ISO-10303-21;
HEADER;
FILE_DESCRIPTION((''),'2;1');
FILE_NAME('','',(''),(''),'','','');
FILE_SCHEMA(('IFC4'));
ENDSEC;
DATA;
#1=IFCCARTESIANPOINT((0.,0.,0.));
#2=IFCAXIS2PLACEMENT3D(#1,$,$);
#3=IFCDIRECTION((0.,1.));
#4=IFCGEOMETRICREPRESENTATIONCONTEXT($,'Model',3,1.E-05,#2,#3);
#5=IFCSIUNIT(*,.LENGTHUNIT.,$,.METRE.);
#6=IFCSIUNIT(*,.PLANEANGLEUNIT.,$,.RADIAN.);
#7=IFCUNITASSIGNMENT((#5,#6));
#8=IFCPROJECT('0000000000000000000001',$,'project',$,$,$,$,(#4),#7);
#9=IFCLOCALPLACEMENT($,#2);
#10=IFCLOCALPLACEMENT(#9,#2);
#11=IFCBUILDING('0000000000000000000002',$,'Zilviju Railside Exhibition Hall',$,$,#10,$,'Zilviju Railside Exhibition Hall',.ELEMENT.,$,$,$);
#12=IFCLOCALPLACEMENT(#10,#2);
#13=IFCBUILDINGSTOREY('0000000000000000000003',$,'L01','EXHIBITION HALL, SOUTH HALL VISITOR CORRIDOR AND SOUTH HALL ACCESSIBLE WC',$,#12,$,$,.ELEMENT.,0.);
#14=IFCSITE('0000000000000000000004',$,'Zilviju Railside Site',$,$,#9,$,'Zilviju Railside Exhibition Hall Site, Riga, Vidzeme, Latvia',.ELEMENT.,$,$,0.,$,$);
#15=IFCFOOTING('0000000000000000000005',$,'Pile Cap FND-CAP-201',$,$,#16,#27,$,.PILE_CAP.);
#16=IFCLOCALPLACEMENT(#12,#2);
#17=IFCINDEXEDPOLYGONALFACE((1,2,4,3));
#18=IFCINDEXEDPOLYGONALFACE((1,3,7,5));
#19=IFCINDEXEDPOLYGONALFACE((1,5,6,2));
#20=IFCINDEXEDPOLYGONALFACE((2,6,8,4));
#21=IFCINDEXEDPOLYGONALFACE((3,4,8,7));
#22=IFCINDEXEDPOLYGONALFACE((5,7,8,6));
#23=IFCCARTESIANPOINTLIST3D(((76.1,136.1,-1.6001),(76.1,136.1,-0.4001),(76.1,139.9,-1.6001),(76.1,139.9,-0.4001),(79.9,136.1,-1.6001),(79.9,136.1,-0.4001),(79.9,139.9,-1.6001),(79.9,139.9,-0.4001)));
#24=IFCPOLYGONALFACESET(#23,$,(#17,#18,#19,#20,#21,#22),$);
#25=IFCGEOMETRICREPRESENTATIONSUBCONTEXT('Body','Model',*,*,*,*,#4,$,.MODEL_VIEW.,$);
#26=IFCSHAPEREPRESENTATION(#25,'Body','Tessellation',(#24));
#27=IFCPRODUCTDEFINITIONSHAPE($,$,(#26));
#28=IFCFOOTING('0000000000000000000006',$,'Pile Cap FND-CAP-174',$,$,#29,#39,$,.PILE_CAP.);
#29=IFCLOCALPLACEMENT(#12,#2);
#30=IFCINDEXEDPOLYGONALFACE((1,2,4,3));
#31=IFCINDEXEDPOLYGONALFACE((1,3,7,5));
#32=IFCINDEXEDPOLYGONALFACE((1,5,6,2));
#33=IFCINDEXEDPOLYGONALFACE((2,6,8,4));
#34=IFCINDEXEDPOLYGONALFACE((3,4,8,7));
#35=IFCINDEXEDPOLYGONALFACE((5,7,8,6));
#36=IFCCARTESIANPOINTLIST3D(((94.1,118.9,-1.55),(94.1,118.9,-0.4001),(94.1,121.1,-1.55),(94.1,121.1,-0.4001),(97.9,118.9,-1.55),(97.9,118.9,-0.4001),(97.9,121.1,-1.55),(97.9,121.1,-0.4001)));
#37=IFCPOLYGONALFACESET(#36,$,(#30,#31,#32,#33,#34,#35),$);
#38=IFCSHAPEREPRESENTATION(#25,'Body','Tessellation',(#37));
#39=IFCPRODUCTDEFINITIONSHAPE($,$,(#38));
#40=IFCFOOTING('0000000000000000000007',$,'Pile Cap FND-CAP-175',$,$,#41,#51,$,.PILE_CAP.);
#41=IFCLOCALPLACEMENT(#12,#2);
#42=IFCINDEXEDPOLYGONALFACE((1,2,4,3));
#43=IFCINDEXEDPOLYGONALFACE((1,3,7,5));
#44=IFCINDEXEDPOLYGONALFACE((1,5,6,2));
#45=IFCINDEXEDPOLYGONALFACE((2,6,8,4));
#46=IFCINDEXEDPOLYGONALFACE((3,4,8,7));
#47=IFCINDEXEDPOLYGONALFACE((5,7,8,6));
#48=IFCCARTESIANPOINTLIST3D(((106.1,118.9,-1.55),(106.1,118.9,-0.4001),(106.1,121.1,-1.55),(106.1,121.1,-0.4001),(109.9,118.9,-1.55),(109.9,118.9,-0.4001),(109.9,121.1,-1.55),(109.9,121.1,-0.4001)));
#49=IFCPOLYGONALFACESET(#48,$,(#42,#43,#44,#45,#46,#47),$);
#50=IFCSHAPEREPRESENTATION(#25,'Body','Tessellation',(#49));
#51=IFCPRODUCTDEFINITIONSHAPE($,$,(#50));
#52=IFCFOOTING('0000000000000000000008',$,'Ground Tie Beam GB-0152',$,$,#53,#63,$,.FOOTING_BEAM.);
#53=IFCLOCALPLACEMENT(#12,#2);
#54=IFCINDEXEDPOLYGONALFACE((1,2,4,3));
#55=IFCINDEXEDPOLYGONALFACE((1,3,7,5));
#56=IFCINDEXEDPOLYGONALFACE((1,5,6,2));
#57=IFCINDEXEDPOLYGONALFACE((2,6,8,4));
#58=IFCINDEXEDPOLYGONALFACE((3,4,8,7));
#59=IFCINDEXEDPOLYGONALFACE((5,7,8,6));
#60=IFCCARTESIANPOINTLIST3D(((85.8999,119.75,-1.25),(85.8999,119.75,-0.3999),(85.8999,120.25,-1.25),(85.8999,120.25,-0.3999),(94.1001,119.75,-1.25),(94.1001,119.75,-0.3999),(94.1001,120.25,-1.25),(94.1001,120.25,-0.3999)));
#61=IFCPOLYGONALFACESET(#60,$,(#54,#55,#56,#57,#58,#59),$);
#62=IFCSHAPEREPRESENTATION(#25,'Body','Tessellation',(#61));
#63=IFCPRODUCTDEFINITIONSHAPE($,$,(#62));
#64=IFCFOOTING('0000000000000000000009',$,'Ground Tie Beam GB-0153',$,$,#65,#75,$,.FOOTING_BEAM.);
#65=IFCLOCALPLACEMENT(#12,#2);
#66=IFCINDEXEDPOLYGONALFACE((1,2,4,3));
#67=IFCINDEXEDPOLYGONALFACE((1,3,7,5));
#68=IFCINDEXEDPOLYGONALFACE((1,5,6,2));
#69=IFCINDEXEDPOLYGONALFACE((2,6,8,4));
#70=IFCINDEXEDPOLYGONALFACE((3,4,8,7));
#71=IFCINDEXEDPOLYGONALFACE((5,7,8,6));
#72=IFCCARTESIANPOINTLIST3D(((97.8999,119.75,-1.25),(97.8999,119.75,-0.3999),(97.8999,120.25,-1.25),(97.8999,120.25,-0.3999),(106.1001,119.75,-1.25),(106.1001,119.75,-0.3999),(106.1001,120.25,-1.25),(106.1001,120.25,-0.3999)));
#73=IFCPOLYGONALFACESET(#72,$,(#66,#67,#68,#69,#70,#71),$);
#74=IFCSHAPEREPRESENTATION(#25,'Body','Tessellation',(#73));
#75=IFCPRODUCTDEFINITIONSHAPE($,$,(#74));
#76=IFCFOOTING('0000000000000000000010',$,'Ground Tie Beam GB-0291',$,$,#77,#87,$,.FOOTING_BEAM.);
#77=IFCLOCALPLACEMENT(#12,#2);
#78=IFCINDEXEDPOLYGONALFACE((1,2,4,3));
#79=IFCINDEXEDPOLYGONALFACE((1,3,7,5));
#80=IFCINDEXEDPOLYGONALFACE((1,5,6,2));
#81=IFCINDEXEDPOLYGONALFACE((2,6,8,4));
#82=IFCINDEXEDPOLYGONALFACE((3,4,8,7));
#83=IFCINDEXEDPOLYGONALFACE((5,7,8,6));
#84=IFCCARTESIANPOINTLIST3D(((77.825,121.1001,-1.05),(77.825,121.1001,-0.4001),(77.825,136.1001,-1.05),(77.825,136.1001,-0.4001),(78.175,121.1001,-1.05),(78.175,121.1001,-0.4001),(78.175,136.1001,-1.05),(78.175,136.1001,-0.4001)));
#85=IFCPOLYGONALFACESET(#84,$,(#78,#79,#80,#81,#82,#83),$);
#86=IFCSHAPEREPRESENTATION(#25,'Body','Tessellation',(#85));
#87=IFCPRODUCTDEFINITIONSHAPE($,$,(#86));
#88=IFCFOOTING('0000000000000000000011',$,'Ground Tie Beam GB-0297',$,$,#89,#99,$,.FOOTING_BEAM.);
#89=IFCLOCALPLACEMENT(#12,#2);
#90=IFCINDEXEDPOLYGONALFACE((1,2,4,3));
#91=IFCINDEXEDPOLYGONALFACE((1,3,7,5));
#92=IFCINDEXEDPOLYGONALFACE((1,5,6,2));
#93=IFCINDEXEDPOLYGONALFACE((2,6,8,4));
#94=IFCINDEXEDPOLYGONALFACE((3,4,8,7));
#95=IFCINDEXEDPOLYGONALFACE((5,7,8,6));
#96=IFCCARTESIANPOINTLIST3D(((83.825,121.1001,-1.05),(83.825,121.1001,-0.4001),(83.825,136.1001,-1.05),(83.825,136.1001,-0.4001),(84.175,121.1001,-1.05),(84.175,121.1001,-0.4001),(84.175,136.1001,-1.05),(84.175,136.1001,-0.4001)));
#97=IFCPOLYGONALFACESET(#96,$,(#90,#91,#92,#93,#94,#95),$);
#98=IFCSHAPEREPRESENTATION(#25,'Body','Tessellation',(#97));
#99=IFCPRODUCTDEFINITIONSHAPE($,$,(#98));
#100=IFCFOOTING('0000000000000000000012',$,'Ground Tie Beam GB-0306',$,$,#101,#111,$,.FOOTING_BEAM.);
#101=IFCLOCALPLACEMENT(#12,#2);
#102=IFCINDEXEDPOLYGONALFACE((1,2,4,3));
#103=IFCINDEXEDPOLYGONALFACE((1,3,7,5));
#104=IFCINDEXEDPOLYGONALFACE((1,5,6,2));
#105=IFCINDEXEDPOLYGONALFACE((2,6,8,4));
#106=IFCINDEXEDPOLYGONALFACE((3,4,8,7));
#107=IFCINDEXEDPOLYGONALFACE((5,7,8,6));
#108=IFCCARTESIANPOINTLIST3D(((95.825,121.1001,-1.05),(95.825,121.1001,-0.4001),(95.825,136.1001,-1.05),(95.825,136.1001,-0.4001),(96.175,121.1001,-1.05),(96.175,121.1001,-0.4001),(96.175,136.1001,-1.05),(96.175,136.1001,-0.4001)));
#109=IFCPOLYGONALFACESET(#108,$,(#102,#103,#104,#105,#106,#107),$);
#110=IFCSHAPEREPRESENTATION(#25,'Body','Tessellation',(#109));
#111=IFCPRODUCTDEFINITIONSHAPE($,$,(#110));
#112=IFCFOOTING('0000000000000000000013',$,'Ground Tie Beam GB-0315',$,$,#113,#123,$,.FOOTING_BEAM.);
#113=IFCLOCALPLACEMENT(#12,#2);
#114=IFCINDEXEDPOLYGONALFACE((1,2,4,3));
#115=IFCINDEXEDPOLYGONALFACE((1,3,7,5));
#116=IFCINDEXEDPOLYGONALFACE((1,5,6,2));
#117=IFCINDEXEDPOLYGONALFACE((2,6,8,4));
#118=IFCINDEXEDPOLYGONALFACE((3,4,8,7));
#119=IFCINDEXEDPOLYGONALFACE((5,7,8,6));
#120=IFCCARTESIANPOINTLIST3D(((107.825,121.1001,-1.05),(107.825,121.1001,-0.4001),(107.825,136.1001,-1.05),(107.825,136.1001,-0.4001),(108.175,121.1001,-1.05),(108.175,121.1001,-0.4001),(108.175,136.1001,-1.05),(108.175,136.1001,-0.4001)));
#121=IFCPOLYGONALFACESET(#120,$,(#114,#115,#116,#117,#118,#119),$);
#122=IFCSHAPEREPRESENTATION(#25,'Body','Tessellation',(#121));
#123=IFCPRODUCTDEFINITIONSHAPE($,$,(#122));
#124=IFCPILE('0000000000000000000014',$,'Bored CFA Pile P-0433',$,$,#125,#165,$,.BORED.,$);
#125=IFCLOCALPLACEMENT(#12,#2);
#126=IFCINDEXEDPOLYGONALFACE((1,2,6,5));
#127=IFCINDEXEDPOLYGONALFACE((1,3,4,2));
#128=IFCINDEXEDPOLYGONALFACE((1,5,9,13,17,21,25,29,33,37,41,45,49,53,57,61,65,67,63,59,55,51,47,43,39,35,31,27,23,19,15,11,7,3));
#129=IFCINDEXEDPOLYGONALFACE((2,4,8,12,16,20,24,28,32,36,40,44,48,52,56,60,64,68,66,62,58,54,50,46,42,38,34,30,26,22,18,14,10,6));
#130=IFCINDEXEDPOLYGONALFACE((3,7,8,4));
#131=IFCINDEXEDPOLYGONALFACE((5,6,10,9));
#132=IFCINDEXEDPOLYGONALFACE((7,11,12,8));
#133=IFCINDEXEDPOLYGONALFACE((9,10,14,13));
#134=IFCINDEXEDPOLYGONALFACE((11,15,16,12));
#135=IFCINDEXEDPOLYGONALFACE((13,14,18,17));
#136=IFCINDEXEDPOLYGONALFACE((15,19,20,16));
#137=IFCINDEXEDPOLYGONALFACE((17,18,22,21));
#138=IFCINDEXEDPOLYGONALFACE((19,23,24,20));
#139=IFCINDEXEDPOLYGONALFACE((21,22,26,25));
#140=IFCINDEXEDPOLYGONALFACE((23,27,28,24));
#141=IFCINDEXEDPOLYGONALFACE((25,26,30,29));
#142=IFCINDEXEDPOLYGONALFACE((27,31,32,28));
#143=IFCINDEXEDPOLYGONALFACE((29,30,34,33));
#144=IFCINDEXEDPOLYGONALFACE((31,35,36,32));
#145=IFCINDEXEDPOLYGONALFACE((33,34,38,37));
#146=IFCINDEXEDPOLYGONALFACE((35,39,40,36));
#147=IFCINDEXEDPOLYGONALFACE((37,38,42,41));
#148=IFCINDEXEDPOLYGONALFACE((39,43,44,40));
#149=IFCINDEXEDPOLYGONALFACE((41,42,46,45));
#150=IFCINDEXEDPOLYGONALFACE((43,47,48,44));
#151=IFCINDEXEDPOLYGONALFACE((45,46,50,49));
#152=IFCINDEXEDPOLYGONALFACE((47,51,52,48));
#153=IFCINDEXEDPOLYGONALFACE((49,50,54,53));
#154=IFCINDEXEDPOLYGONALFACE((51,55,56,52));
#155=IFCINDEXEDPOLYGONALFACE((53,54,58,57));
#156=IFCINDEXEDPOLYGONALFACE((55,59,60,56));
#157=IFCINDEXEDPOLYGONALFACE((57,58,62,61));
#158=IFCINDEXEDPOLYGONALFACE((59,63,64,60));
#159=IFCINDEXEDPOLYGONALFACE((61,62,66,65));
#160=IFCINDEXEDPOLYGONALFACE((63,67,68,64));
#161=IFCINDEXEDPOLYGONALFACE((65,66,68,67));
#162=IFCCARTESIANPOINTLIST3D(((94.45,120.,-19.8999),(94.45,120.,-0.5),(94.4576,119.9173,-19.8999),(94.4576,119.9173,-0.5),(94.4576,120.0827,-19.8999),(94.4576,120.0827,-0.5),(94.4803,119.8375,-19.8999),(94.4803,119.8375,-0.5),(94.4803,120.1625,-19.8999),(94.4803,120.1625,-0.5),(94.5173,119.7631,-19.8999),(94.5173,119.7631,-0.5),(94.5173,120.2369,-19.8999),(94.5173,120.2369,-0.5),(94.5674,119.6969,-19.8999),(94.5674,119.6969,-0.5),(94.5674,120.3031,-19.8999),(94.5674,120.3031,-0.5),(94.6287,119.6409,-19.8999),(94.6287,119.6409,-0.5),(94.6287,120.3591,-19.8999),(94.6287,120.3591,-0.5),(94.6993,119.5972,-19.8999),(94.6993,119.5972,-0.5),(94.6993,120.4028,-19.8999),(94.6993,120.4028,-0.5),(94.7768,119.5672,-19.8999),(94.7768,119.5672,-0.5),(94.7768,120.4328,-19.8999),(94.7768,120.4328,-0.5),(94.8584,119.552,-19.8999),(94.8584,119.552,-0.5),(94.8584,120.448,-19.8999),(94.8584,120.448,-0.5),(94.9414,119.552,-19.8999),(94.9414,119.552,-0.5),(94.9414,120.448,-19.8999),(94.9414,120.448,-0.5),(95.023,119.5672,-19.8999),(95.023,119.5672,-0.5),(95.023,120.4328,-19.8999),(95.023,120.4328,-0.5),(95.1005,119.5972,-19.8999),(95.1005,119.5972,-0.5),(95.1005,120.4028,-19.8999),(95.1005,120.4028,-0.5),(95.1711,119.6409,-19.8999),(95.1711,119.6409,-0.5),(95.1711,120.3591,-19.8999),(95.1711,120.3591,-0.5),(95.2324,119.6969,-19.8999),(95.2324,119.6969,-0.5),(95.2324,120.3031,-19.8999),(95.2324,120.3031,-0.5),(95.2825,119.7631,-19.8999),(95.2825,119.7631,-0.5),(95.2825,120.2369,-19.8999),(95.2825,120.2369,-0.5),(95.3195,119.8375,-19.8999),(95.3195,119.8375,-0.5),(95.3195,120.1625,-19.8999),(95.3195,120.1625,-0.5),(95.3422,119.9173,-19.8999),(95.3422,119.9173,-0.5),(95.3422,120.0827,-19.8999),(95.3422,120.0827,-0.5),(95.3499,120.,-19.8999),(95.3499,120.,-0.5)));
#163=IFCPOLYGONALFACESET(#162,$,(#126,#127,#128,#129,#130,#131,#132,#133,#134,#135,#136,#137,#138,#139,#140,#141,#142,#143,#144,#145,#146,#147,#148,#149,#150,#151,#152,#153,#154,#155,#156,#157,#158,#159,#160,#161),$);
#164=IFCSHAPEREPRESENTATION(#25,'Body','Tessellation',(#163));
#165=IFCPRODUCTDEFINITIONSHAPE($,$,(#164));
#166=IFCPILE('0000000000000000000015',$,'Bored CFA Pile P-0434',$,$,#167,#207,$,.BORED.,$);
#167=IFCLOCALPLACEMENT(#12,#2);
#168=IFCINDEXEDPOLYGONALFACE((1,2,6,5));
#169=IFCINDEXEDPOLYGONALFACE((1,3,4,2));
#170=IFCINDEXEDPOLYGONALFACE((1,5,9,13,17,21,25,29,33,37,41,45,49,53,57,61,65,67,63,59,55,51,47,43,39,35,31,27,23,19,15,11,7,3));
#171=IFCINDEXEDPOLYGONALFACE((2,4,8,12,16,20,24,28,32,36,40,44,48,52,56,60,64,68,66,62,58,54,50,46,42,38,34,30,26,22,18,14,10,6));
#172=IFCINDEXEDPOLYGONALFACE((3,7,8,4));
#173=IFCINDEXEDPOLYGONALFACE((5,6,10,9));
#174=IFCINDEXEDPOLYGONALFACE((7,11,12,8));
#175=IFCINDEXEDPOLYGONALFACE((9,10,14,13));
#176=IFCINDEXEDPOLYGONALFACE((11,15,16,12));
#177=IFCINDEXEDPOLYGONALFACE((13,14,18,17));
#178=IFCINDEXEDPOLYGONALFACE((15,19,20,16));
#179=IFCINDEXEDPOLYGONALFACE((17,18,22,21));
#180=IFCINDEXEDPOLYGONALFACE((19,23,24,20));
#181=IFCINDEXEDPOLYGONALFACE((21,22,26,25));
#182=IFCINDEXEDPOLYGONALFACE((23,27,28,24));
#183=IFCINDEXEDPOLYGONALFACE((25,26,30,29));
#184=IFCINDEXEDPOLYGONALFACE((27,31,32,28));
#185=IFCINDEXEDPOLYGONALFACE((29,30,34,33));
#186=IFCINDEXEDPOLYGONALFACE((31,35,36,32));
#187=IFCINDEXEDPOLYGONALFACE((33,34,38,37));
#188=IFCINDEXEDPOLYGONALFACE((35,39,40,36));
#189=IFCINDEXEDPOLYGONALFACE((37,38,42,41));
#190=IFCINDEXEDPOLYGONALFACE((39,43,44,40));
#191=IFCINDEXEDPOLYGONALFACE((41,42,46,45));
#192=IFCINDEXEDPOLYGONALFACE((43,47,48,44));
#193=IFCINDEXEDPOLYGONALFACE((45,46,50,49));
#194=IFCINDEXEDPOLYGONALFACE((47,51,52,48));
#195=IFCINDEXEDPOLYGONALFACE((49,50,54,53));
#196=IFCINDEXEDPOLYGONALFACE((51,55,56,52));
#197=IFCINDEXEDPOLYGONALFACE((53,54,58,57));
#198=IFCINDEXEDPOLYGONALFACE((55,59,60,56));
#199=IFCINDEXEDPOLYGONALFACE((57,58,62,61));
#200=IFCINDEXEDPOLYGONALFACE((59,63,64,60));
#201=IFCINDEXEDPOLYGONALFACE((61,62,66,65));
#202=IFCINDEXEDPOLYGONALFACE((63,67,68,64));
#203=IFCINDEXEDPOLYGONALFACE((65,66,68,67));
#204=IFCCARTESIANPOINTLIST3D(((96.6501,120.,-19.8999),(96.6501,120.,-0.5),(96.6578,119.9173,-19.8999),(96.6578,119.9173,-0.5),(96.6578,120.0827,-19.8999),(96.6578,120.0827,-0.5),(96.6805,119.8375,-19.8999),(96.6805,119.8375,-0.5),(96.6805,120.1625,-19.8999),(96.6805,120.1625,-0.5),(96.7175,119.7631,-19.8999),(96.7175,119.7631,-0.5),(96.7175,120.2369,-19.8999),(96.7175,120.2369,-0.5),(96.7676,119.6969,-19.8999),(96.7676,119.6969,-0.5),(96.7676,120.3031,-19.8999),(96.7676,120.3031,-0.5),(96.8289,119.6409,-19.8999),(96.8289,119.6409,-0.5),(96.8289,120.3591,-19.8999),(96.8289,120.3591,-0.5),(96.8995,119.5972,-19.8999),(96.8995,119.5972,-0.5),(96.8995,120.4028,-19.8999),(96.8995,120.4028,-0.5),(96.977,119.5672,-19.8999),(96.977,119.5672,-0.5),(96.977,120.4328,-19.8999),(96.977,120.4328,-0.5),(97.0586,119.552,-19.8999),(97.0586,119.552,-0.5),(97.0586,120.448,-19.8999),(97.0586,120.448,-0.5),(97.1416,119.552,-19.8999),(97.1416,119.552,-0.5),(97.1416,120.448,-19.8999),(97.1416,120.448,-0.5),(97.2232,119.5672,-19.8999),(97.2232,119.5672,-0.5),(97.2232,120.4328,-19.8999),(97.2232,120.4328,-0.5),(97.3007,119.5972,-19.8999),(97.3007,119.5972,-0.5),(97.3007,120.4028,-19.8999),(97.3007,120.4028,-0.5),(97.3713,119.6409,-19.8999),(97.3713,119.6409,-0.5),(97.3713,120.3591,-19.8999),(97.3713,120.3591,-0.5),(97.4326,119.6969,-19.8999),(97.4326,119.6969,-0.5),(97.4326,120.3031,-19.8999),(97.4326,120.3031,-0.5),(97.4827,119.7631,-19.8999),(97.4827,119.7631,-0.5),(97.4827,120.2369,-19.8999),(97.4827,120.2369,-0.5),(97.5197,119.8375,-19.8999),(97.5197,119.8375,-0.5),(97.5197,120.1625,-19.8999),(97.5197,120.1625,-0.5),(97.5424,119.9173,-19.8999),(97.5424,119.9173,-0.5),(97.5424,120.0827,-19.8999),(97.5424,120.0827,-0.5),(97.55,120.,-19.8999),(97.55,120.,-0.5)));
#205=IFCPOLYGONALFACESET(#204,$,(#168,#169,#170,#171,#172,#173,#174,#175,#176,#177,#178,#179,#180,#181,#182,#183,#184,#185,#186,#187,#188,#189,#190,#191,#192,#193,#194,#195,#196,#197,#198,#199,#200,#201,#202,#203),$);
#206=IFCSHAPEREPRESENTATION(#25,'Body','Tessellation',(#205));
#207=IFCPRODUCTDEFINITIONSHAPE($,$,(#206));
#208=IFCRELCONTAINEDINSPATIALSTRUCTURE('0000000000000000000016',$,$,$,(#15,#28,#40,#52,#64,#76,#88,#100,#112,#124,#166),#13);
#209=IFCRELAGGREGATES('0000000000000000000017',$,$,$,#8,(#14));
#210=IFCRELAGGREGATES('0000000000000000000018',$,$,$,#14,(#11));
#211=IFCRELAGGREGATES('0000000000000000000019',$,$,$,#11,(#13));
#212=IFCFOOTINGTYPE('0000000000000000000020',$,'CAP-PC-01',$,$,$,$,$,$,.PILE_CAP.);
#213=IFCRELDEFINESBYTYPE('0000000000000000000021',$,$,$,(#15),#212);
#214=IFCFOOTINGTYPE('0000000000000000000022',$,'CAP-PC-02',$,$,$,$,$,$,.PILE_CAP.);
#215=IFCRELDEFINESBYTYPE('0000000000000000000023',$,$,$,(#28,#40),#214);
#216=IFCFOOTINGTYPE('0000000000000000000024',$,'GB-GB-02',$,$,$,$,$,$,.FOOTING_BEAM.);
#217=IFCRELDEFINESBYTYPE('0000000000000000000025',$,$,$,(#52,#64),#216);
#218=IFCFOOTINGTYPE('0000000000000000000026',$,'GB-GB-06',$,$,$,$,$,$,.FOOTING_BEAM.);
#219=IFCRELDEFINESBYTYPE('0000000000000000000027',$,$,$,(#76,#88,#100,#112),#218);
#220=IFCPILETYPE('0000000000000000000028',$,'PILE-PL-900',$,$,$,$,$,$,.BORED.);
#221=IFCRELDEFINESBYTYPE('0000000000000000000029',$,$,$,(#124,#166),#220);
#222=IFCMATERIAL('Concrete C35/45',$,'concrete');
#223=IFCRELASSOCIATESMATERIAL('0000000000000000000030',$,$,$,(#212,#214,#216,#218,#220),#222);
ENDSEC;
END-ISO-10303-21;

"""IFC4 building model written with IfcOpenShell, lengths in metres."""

from ifc_helpers import new_model, si_unit, direction, frame, origin, origin_2d, place, context, subcontext, project, spatial, rectangle, circle, extrude, material, material_profile, profile_set, type_object, element, save


model = new_model("IFC4")

# Units and contexts
model_context = context("Model", 3, precision=1e-05, world=origin(), true_north=direction((0.0, 1.0)))
body_context = subcontext(model_context, "Body", "Model", "MODEL_VIEW")
ifc_project = project(units=[si_unit("LENGTHUNIT", "METRE"), si_unit("PLANEANGLEUNIT", "RADIAN")], contexts=[model_context])

# Site, building, storey
site_placement = place(None, origin())
site = spatial("IfcSite", under=ifc_project, at=site_placement, Name="Zilviju Railside Site", LongName="Zilviju Railside Exhibition Hall Site, Riga, Vidzeme, Latvia", CompositionType="ELEMENT", RefElevation=0.0)
building_placement = place(site_placement, origin())
building = spatial("IfcBuilding", under=site, at=building_placement, Name="Zilviju Railside Exhibition Hall", LongName="Zilviju Railside Exhibition Hall", CompositionType="ELEMENT")
storey_placement = place(building_placement, origin())
storey = spatial("IfcBuildingStorey", under=building, at=storey_placement, Name="L01", Description="EXHIBITION HALL, SOUTH HALL VISITOR CORRIDOR AND SOUTH HALL ACCESSIBLE WC", CompositionType="ELEMENT", Elevation=0.0)

# Footings
ifc_material_1 = material(Name="Concrete C35/45", Category="concrete")
footing_type_1 = type_object("IfcFootingType", Name="CAP-PC-01", PredefinedType="PILE_CAP", material=ifc_material_1)
footing_placement = place(storey_placement, frame((78.0, 138.0, -1.6001), z_axis=(0.0, 0.0, 1.0), x_axis=(1.0, 0.0, 0.0)))
element("IfcFooting", 1, at=footing_placement, inside=storey, type_object=footing_type_1, Name="Pile Cap FND-CAP-201", PredefinedType="PILE_CAP", context=body_context, shape_type="SweptSolid", body=[
    extrude(rectangle(XDim=3.8, YDim=3.8, at=origin_2d()), origin(), (0.0, 0.0, 1.0), 1.2),
])
footing_type_2 = type_object("IfcFootingType", Name="CAP-PC-02", PredefinedType="PILE_CAP", material=ifc_material_1)
for number, where, z_axis, x_axis, name in (
    (2, (96.0, 120.0, -1.55), (0.0, 0.0, 1.0), (1.0, 0.0, 0.0), "Pile Cap FND-CAP-174"),
    (3, (108.0, 120.0, -1.55), (0.0, 0.0, 1.0), (1.0, 0.0, 0.0), "Pile Cap FND-CAP-175"),
):
    element("IfcFooting", number, at=place(storey_placement, frame(where, z_axis=z_axis, x_axis=x_axis)), inside=storey, type_object=footing_type_2, Name=name, PredefinedType="PILE_CAP", context=body_context, shape_type="SweptSolid", body=[
        extrude(rectangle(XDim=3.8, YDim=2.2, at=origin_2d()), origin(), (0.0, 0.0, 1.0), 1.1499),
    ])
ifc_material_profile_1 = material_profile(ifc_material_1, rectangle(XDim=0.5, YDim=0.8501, at=origin_2d()), Name="TIE BEAM 500x850")
ifc_profile_set_1 = profile_set([ifc_material_profile_1], Name="Concrete C35/45")
footing_type_3 = type_object("IfcFootingType", Name="GB-GB-02", PredefinedType="FOOTING_BEAM", material=ifc_profile_set_1)
for number, where, z_axis, x_axis, name in (
    (4, (85.8999, 120.0, -0.825), (1.0, 0.0, 0.0), (0.0, 1.0, 0.0), "Ground Tie Beam GB-0152"),
    (5, (97.8999, 120.0, -0.825), (1.0, 0.0, 0.0), (0.0, 1.0, 0.0), "Ground Tie Beam GB-0153"),
):
    element("IfcFooting", number, at=place(storey_placement, frame(where, z_axis=z_axis, x_axis=x_axis)), inside=storey, type_object=footing_type_3, Name=name, PredefinedType="FOOTING_BEAM", context=body_context, shape_type="SweptSolid", body=[
        extrude(rectangle(XDim=0.5, YDim=0.8501, at=origin_2d()), origin(), (0.0, 0.0, 1.0), 8.2002),
    ])
ifc_material_profile_2 = material_profile(ifc_material_1, rectangle(XDim=0.3501, YDim=0.6499, at=origin_2d()), Name="TIE BEAM 350x650")
ifc_profile_set_2 = profile_set([ifc_material_profile_2], Name="Concrete C35/45")
footing_type_4 = type_object("IfcFootingType", Name="GB-GB-06", PredefinedType="FOOTING_BEAM", material=ifc_profile_set_2)
for number, where, z_axis, x_axis, name in (
    (6, (78.0, 121.1001, -0.7251), (0.0, 1.0, 0.0), (-1.0, 0.0, 0.0), "Ground Tie Beam GB-0291"),
    (7, (84.0, 121.1001, -0.7251), (0.0, 1.0, 0.0), (-1.0, 0.0, 0.0), "Ground Tie Beam GB-0297"),
    (8, (96.0, 121.1001, -0.7251), (0.0, 1.0, 0.0), (-1.0, 0.0, 0.0), "Ground Tie Beam GB-0306"),
    (9, (108.0, 121.1001, -0.7251), (0.0, 1.0, 0.0), (-1.0, 0.0, 0.0), "Ground Tie Beam GB-0315"),
):
    element("IfcFooting", number, at=place(storey_placement, frame(where, z_axis=z_axis, x_axis=x_axis)), inside=storey, type_object=footing_type_4, Name=name, PredefinedType="FOOTING_BEAM", context=body_context, shape_type="SweptSolid", body=[
        extrude(rectangle(XDim=0.3501, YDim=0.6499, at=origin_2d()), origin(), (0.0, 0.0, 1.0), 15.0),
    ])

# Piles
ifc_material_profile_3 = material_profile(ifc_material_1, circle(Radius=0.45, at=origin_2d()), Name="CFA PILE D900")
ifc_profile_set_3 = profile_set([ifc_material_profile_3], Name="Concrete C35/45")
pile_type = type_object("IfcPileType", Name="PILE-PL-900", PredefinedType="BORED", material=ifc_profile_set_3)
for number, where, z_axis, x_axis, name in (
    (10, (94.8999, 120.0, -0.5), (0.0, 0.0, -1.0), (1.0, 0.0, 0.0), "Bored CFA Pile P-0433"),
    (11, (97.1001, 120.0, -0.5), (0.0, 0.0, -1.0), (1.0, 0.0, 0.0), "Bored CFA Pile P-0434"),
):
    element("IfcPile", number, at=place(storey_placement, frame(where, z_axis=z_axis, x_axis=x_axis)), inside=storey, type_object=pile_type, Name=name, PredefinedType="BORED", context=body_context, shape_type="SweptSolid", body=[
        extrude(circle(Radius=0.45, at=origin_2d()), origin(), (0.0, 0.0, 1.0), 19.3999),
    ])

save(model, "model.ifc")
